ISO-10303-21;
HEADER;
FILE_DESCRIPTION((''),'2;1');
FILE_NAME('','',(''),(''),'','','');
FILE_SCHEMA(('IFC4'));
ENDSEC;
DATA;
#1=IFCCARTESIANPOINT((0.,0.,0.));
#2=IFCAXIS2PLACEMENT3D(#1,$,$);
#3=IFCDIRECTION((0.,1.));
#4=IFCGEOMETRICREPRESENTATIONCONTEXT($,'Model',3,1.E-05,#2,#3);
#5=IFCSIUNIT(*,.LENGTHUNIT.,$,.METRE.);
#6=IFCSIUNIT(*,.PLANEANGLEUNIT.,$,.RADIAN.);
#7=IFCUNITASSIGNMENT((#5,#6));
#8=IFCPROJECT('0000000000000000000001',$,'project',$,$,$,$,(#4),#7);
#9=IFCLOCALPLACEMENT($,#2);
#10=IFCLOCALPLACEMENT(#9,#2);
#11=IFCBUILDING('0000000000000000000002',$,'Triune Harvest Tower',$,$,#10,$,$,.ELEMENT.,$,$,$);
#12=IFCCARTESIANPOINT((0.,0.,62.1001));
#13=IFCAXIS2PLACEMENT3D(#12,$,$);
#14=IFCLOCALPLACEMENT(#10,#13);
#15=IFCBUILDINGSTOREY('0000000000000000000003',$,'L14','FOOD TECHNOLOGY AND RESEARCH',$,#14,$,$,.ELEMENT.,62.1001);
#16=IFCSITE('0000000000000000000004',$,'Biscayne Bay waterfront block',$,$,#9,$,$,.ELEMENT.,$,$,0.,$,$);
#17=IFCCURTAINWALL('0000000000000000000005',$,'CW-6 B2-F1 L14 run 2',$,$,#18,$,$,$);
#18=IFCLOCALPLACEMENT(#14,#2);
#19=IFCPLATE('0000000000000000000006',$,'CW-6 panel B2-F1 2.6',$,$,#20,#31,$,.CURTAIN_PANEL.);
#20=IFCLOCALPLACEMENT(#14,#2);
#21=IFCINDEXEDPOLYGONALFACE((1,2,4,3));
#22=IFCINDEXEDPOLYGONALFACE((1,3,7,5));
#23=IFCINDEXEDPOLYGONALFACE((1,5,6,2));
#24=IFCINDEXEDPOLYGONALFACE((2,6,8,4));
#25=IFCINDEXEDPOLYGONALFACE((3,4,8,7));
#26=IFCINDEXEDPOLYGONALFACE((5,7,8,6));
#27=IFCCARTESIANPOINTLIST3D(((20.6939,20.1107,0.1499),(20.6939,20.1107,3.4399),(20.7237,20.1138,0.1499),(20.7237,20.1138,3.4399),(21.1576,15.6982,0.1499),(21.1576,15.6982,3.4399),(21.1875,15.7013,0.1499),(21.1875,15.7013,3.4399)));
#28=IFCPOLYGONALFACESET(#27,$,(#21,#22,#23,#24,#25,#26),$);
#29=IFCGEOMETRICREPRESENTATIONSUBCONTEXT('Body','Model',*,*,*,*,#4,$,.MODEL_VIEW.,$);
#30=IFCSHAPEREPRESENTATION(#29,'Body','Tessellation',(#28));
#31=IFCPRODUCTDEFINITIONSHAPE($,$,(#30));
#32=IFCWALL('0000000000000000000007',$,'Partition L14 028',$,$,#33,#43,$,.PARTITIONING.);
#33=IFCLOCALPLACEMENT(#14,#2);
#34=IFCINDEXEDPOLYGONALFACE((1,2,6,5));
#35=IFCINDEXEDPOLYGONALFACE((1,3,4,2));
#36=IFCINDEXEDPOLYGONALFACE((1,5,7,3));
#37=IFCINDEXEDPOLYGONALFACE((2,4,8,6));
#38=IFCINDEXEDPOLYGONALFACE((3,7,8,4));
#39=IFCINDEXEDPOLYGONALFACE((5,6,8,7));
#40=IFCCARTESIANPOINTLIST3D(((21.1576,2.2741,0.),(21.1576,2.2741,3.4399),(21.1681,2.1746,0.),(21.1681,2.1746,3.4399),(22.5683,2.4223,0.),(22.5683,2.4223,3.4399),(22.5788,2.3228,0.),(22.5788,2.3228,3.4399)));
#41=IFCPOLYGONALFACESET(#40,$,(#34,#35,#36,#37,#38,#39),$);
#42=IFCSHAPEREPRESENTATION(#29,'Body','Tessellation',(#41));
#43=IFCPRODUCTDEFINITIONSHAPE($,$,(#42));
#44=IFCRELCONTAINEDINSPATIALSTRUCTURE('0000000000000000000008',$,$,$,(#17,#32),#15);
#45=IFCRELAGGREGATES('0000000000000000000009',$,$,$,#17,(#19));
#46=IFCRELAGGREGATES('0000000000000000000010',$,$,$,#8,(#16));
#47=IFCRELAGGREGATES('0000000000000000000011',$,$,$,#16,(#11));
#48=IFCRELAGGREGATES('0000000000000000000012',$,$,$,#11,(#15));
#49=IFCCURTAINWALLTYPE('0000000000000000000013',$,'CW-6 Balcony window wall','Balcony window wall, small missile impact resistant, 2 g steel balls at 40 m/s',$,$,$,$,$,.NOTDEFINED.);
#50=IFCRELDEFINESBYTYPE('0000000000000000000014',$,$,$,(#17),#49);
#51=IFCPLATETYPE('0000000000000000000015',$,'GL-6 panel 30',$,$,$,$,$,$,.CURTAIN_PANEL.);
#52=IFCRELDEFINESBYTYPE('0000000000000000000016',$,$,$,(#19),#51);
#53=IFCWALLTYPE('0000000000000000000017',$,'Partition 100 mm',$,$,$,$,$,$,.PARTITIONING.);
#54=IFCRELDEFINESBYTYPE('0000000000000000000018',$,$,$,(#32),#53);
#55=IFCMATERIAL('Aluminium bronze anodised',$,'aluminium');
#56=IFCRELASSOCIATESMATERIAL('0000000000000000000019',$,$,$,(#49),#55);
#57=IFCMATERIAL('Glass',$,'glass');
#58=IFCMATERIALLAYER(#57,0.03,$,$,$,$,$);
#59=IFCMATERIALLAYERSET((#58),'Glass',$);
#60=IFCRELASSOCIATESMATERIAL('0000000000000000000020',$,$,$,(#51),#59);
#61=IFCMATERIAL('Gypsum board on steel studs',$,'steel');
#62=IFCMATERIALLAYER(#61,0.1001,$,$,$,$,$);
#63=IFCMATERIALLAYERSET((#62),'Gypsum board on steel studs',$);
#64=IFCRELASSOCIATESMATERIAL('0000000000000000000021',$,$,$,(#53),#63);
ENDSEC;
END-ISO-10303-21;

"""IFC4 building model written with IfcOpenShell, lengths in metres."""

from ifc_helpers import new_model, si_unit, direction, frame, frame_2d, origin, origin_2d, place, context, subcontext, project, spatial, rectangle, extrude, source, transform, mapped, material, layer, layer_set, type_object, element, aggregate, save


model = new_model("IFC4")

# Units and contexts
model_context = context("Model", 3, precision=1e-05, world=origin(), true_north=direction((0.0, 1.0)))
body_context = subcontext(model_context, "Body", "Model", "MODEL_VIEW")
ifc_project = project(units=[si_unit("LENGTHUNIT", "METRE"), si_unit("PLANEANGLEUNIT", "RADIAN")], contexts=[model_context])

# Site, building, storey
site_placement = place(None, origin())
site = spatial("IfcSite", under=ifc_project, at=site_placement, Name="Biscayne Bay waterfront block", CompositionType="ELEMENT", RefElevation=0.0)
building_placement = place(site_placement, origin())
building = spatial("IfcBuilding", under=site, at=building_placement, Name="Triune Harvest Tower", CompositionType="ELEMENT")
storey_placement = place(building_placement, frame((0.0, 0.0, 62.1001)))
storey = spatial("IfcBuildingStorey", under=building, at=storey_placement, Name="L14", Description="FOOD TECHNOLOGY AND RESEARCH", CompositionType="ELEMENT", Elevation=62.1001)

# Curtain wall, plate
ifc_material_1 = material(Name="Aluminium bronze anodised", Category="aluminium")
curtain_wall_type = type_object("IfcCurtainWallType", Name="CW-6 Balcony window wall", Description="Balcony window wall, small missile impact resistant, 2 g steel balls at 40 m/s", PredefinedType="NOTDEFINED", material=ifc_material_1)
curtain_wall_placement = place(storey_placement, origin())
curtain_wall = element("IfcCurtainWall", 1, at=curtain_wall_placement, inside=storey, type_object=curtain_wall_type, Name="CW-6 B2-F1 L14 run 2")
ifc_material_2 = material(Name="Glass", Category="glass")
ifc_layer_1 = layer(ifc_material_2, 0.03)
ifc_layer_set_1 = layer_set([ifc_layer_1], Name="Glass")
plate_type = type_object("IfcPlateType", Name="GL-6 panel 30", PredefinedType="CURTAIN_PANEL", material=ifc_layer_set_1)
shared_shape_1 = source(origin(), body_context, "Body", "SweptSolid", [
    extrude(rectangle(XDim=4.4368, YDim=0.03, at=origin_2d()), origin(), (0.0, 0.0, 1.0), 3.29),
])
plate_1_placement = place(storey_placement, frame((20.9407, 17.906, 0.1499), z_axis=(0.0, 0.0, 1.0), x_axis=(-0.104528, 0.994522, 0.0)))
plate_1 = element("IfcPlate", 2, at=plate_1_placement, type_object=plate_type, Name="CW-6 panel B2-F1 2.6", PredefinedType="CURTAIN_PANEL", context=body_context, shape_type="MappedRepresentation", body=[
    mapped(shared_shape_1, transform((0.0, 0.0, 0.0), scale=1.0)),
])
aggregate(curtain_wall, [plate_1])

# Wall
ifc_material_3 = material(Name="Gypsum board on steel studs", Category="steel")
ifc_layer_2 = layer(ifc_material_3, 0.1001)
ifc_layer_set_2 = layer_set([ifc_layer_2], Name="Gypsum board on steel studs")
wall_type = type_object("IfcWallType", Name="Partition 100 mm", PredefinedType="PARTITIONING", material=ifc_layer_set_2)
shared_shape_2 = source(origin(), body_context, "Body", "SweptSolid", [
    extrude(rectangle(XDim=1.4185, YDim=0.1001, at=frame_2d((0.7092, 0.0))), origin(), (0.0, 0.0, 1.0), 3.4399),
])
wall_placement = place(storey_placement, frame((21.1628, 2.2244, 0.0), z_axis=(0.0, 0.0, 1.0), x_axis=(0.994527, 0.104479, 0.0)))
element("IfcWall", 3, at=wall_placement, inside=storey, type_object=wall_type, Name="Partition L14 028", PredefinedType="PARTITIONING", context=body_context, shape_type="MappedRepresentation", body=[
    mapped(shared_shape_2, transform((0.0, 0.0, 0.0), scale=1.0)),
])

save(model, "model.ifc")
